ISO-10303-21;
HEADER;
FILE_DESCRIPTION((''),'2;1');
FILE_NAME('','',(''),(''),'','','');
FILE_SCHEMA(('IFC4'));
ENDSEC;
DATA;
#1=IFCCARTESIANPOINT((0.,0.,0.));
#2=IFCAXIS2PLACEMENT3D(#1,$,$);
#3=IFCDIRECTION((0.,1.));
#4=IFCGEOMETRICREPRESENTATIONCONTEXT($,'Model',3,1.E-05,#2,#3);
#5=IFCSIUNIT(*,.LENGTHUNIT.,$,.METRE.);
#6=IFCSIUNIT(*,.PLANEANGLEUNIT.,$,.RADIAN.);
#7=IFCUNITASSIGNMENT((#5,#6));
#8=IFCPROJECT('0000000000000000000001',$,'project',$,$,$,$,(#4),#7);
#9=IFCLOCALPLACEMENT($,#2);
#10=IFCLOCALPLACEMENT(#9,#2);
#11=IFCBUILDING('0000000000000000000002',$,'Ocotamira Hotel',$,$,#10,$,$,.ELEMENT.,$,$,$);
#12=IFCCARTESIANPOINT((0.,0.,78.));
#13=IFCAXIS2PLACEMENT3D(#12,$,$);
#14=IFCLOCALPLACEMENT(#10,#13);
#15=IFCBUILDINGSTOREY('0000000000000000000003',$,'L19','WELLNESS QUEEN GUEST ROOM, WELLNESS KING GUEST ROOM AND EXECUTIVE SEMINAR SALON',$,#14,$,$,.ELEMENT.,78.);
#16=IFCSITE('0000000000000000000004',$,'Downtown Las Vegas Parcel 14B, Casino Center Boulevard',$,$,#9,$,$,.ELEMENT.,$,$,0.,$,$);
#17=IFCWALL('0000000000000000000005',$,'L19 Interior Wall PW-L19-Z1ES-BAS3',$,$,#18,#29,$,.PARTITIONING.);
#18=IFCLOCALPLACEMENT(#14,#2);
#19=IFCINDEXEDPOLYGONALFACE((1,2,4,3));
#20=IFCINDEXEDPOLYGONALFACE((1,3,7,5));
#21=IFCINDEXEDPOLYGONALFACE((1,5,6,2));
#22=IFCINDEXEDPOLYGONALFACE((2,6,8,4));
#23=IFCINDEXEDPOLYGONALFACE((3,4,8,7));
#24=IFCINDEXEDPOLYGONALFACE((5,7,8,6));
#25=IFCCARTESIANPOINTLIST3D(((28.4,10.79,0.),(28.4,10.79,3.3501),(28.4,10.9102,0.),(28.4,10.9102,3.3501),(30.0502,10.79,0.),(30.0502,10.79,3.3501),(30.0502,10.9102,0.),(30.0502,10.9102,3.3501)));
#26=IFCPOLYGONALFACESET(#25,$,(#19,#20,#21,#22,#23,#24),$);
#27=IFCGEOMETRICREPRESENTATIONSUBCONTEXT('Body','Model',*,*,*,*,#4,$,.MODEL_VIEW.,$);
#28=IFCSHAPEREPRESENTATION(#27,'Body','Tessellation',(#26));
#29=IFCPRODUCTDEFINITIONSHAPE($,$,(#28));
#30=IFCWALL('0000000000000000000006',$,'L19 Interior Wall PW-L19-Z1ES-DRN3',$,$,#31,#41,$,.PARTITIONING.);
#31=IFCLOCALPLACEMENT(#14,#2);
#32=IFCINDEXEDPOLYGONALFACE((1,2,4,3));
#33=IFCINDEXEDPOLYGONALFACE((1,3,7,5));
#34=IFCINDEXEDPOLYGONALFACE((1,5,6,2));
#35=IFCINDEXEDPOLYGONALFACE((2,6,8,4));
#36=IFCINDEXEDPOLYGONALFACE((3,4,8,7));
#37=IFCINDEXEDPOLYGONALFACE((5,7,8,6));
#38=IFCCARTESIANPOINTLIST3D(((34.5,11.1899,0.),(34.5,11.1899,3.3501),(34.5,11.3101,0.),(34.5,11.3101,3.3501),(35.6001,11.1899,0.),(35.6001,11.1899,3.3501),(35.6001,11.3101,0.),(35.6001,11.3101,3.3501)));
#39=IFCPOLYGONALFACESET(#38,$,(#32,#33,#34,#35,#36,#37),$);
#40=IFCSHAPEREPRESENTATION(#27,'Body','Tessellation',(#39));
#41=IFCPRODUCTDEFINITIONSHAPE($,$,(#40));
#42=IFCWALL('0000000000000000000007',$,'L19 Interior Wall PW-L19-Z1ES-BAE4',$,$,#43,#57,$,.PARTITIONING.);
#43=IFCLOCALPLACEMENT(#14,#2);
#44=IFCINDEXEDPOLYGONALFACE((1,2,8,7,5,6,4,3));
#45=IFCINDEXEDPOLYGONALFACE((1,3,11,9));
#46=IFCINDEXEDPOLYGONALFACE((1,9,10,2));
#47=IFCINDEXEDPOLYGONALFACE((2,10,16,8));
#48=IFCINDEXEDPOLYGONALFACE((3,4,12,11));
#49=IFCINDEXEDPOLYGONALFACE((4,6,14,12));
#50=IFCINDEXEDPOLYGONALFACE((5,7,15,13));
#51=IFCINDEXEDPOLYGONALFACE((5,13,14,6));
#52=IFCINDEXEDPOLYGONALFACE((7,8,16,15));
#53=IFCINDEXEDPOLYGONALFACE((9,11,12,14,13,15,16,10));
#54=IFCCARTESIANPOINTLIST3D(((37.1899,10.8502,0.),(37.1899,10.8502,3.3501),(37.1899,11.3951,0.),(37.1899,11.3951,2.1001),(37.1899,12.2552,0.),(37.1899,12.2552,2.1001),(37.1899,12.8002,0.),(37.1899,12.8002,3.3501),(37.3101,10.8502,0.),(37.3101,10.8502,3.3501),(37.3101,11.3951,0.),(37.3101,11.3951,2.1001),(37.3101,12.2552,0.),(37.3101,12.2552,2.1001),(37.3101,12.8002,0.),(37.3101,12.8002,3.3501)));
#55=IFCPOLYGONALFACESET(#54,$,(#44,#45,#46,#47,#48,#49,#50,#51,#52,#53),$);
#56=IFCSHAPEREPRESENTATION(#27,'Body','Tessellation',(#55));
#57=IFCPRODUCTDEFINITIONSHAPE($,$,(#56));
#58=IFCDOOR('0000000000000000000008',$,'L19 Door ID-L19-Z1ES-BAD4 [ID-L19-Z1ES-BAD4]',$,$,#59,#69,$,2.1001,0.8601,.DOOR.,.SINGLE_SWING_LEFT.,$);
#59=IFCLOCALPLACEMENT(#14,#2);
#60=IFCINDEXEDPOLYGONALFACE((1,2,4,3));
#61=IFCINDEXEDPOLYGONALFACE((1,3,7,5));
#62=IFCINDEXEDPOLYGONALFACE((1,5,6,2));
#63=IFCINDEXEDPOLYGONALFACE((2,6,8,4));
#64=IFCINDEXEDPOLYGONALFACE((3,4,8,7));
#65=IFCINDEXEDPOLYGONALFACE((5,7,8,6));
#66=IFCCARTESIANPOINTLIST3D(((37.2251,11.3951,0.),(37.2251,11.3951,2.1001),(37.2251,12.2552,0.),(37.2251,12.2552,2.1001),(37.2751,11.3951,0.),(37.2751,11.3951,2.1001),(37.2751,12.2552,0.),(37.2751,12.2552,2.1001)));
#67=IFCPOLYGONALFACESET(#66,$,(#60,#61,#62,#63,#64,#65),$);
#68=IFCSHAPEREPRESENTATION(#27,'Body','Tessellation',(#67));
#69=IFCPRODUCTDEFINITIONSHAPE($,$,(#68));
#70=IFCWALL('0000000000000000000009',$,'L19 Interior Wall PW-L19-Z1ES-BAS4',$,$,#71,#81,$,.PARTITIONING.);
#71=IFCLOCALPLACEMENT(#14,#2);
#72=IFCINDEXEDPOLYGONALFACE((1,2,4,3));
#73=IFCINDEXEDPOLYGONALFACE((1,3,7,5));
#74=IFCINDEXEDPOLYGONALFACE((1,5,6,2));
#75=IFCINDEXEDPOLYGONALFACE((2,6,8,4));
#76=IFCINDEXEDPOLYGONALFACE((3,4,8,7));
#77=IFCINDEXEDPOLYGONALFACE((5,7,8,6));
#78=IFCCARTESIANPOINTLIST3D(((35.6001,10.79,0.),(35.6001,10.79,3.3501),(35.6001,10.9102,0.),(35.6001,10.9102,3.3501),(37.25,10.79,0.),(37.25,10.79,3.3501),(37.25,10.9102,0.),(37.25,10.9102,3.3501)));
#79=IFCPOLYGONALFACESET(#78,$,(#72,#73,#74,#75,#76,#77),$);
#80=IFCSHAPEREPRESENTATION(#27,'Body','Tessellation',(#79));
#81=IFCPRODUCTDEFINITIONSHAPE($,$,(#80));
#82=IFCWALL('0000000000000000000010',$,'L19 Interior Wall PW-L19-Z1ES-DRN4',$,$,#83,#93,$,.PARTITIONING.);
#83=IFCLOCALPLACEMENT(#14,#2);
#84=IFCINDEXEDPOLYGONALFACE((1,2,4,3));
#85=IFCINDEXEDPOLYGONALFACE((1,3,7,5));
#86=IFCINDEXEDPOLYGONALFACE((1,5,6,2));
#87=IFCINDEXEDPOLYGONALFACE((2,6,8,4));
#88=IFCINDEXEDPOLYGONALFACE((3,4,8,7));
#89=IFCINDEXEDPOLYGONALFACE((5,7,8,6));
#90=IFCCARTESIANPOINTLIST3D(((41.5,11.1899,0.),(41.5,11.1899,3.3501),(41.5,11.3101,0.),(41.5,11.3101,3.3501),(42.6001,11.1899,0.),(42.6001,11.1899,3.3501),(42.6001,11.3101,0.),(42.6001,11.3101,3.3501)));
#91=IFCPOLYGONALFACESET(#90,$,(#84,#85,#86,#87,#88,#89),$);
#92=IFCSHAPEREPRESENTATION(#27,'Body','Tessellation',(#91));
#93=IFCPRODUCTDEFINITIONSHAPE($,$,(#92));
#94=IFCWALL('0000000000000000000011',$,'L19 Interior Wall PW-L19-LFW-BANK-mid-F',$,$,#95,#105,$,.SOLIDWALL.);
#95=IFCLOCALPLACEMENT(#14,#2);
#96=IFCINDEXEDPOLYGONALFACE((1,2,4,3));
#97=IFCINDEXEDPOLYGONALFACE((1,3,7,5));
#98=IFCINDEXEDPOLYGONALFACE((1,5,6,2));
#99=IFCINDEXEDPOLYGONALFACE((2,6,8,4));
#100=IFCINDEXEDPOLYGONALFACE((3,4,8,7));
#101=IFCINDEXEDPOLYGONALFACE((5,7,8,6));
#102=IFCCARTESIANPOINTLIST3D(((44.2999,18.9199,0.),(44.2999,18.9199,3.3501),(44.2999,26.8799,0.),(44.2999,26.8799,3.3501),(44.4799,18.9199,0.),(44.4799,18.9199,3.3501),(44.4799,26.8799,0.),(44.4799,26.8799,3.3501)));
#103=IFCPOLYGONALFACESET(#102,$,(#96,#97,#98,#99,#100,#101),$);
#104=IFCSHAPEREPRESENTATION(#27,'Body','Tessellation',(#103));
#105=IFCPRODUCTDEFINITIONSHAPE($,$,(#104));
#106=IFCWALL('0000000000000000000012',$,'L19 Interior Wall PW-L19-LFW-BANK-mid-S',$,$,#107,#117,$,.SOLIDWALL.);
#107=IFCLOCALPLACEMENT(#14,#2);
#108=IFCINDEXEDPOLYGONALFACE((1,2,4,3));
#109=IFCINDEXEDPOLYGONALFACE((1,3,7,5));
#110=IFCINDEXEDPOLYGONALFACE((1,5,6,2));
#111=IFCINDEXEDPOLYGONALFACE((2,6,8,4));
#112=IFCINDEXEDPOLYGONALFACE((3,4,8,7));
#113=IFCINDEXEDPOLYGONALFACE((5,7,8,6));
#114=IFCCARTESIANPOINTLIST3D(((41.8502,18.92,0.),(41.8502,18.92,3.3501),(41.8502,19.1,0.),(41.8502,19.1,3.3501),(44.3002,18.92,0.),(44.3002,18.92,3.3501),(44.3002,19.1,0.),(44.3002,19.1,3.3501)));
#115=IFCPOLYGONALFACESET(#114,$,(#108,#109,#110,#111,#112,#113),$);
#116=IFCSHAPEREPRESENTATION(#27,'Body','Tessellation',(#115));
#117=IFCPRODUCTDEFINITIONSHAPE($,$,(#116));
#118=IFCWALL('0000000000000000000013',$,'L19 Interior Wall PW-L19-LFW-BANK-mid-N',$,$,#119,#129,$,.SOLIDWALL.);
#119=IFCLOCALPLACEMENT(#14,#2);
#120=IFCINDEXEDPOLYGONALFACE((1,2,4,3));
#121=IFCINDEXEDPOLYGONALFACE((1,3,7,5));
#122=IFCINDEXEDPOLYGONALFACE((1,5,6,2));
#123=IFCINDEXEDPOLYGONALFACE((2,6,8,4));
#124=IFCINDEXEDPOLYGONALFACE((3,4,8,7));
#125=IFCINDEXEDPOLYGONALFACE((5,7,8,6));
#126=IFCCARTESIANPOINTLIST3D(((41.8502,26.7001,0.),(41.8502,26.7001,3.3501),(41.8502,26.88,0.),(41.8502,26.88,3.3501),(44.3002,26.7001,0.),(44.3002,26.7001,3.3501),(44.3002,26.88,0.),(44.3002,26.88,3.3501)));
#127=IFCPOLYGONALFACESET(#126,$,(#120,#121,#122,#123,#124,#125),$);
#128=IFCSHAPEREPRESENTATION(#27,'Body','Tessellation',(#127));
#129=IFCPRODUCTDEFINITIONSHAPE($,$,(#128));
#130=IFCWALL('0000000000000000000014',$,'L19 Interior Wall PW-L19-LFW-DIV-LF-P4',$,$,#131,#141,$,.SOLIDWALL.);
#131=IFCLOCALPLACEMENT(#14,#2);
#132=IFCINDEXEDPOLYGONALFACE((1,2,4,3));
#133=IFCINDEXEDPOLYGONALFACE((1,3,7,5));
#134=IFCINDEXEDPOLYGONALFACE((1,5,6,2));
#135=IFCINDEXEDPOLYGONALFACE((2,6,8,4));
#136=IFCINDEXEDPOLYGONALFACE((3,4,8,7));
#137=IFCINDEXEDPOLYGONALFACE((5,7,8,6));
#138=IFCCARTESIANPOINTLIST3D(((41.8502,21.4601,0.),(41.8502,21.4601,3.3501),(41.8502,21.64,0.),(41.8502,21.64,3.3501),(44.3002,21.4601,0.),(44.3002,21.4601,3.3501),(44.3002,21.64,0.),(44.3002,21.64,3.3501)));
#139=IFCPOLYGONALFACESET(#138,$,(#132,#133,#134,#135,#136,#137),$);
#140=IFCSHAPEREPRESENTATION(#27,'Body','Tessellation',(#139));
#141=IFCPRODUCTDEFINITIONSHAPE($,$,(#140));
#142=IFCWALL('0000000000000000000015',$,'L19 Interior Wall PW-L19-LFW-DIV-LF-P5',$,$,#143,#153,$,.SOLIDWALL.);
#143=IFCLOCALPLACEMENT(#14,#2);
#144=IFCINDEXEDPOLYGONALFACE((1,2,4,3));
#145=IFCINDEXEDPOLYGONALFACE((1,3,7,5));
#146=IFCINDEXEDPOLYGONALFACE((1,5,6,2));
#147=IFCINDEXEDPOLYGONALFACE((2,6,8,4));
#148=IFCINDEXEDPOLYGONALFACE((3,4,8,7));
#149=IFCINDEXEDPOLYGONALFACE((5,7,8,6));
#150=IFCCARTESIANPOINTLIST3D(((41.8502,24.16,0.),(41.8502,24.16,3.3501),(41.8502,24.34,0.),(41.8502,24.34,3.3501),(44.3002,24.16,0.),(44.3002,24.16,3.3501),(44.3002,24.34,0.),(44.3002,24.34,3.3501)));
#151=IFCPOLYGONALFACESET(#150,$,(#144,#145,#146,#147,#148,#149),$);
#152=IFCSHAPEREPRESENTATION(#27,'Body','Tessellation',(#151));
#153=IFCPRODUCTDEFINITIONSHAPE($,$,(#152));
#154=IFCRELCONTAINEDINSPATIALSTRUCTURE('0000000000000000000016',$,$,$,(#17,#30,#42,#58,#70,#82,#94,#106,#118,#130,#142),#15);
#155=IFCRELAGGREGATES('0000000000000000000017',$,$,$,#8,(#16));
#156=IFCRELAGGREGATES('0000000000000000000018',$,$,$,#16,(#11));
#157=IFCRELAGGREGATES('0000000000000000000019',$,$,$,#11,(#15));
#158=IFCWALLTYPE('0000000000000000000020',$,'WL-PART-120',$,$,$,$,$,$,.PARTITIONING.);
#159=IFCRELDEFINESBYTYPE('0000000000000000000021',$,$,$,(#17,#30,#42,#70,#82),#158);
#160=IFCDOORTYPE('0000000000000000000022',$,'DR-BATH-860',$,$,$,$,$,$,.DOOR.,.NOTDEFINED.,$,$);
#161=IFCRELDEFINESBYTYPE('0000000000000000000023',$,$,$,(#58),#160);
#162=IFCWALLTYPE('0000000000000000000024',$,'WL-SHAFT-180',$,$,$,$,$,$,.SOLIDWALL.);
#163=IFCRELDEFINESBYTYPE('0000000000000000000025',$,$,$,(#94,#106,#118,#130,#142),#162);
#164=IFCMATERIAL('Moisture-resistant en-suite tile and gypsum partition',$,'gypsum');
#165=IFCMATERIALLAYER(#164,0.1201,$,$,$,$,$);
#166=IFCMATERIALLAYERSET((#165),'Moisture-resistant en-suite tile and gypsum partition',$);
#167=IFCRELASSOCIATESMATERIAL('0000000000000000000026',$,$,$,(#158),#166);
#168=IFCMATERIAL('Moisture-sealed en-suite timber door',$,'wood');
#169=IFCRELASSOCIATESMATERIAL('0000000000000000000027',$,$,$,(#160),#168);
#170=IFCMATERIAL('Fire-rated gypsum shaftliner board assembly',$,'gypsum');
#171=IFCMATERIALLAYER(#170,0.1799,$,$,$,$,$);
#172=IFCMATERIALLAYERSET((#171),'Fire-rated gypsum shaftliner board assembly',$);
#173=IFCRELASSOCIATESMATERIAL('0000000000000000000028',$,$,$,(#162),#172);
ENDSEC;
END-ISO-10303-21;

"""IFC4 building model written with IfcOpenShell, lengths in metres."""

from ifc_helpers import new_model, si_unit, direction, frame, frame_2d, origin, place, context, subcontext, project, spatial, rectangle, extrude, source, transform, mapped, material, layer, layer_set, type_object, element, fill, save


model = new_model("IFC4")

# Units and contexts
model_context = context("Model", 3, precision=1e-05, world=origin(), true_north=direction((0.0, 1.0)))
body_context = subcontext(model_context, "Body", "Model", "MODEL_VIEW")
ifc_project = project(units=[si_unit("LENGTHUNIT", "METRE"), si_unit("PLANEANGLEUNIT", "RADIAN")], contexts=[model_context])

# Site, building, storey
site_placement = place(None, origin())
site = spatial("IfcSite", under=ifc_project, at=site_placement, Name="Downtown Las Vegas Parcel 14B, Casino Center Boulevard", CompositionType="ELEMENT", RefElevation=0.0)
building_placement = place(site_placement, origin())
building = spatial("IfcBuilding", under=site, at=building_placement, Name="Ocotamira Hotel", CompositionType="ELEMENT")
storey_placement = place(building_placement, frame((0.0, 0.0, 78.0)))
storey = spatial("IfcBuildingStorey", under=building, at=storey_placement, Name="L19", Description="WELLNESS QUEEN GUEST ROOM, WELLNESS KING GUEST ROOM AND EXECUTIVE SEMINAR SALON", CompositionType="ELEMENT", Elevation=78.0)

# Shared definitions
ifc_material_1 = material(Name="Moisture-resistant en-suite tile and gypsum partition", Category="gypsum")
ifc_layer_1 = layer(ifc_material_1, 0.1201)
ifc_layer_set_1 = layer_set([ifc_layer_1], Name="Moisture-resistant en-suite tile and gypsum partition")
wall_type_1 = type_object("IfcWallType", Name="WL-PART-120", PredefinedType="PARTITIONING", material=ifc_layer_set_1)

# Shared definitions
ifc_material_2 = material(Name="Moisture-sealed en-suite timber door", Category="wood")
door_type_1 = type_object("IfcDoorType", Name="DR-BATH-860", OperationType="NOTDEFINED", PredefinedType="DOOR", material=ifc_material_2)
shared_shape_1 = source(origin(), body_context, "Body", "SweptSolid", [
    extrude(rectangle(XDim=0.8601, YDim=2.1001, at=frame_2d((0.4302, 1.05))), frame((0.0, 0.0249, 0.0), z_axis=(0.0, -1.0, 0.0), x_axis=(1.0, 0.0, 0.0)), (0.0, 0.0, 1.0), 0.05),
])

# Walls
wall_1_placement = place(storey_placement, frame((28.3999, 10.8501, 0.0), z_axis=(0.0, 0.0, 1.0), x_axis=(1.0, 0.0, 0.0)))
element("IfcWall", 1, at=wall_1_placement, inside=storey, type_object=wall_type_1, Name="L19 Interior Wall PW-L19-Z1ES-BAS3", PredefinedType="PARTITIONING", context=body_context, shape_type="SweptSolid", body=[
    extrude(rectangle(XDim=1.6501, YDim=0.1201, at=frame_2d((0.8252, 0.0))), origin(), (0.0, 0.0, 1.0), 3.3501),
])
wall_2_placement = place(storey_placement, frame((34.5, 11.25, 0.0), z_axis=(0.0, 0.0, 1.0), x_axis=(1.0, 0.0, 0.0)))
element("IfcWall", 2, at=wall_2_placement, inside=storey, type_object=wall_type_1, Name="L19 Interior Wall PW-L19-Z1ES-DRN3", PredefinedType="PARTITIONING", context=body_context, shape_type="SweptSolid", body=[
    extrude(rectangle(XDim=1.1001, YDim=0.1201, at=frame_2d((0.55, 0.0))), origin(), (0.0, 0.0, 1.0), 3.3501),
])

# Wall, opening, door
wall_3_placement = place(storey_placement, frame((37.25, 10.8501, 0.0), z_axis=(0.0, 0.0, 1.0), x_axis=(0.0, 1.0, 0.0)))
wall_3 = element("IfcWall", 3, at=wall_3_placement, inside=storey, type_object=wall_type_1, Name="L19 Interior Wall PW-L19-Z1ES-BAE4", PredefinedType="PARTITIONING", context=body_context, shape_type="SweptSolid", body=[
    extrude(rectangle(XDim=1.95, YDim=0.1201, at=frame_2d((0.9751, 0.0))), origin(), (0.0, 0.0, 1.0), 3.3501),
])
opening_1_placement = place(wall_3_placement, frame((0.5449, 0.0, 0.0)))
opening_1 = element("IfcOpeningElement", 4, at=opening_1_placement, cuts=wall_3, PredefinedType="OPENING", context=body_context, shape_type="SweptSolid", body=[
    extrude(rectangle(XDim=0.8601, YDim=2.1001, at=frame_2d((0.4302, 1.05))), frame((0.0, 0.0701, 0.0), z_axis=(0.0, -1.0, 0.0), x_axis=(1.0, 0.0, 0.0)), (0.0, 0.0, 1.0), 0.1401),
])
door_1_placement = place(opening_1_placement, origin())
door_1 = element("IfcDoor", 5, at=door_1_placement, inside=storey, type_object=door_type_1, Name="L19 Door ID-L19-Z1ES-BAD4 [ID-L19-Z1ES-BAD4]", OperationType="SINGLE_SWING_LEFT", OverallHeight=2.1001, OverallWidth=0.8601, PredefinedType="DOOR", context=body_context, shape_type="MappedRepresentation", body=[
    mapped(shared_shape_1, transform((0.0, 0.0, 0.0), scale=1.0)),
])
fill(opening_1, door_1)

# Walls
wall_4_placement = place(storey_placement, frame((35.6001, 10.8501, 0.0), z_axis=(0.0, 0.0, 1.0), x_axis=(1.0, 0.0, 0.0)))
element("IfcWall", 6, at=wall_4_placement, inside=storey, type_object=wall_type_1, Name="L19 Interior Wall PW-L19-Z1ES-BAS4", PredefinedType="PARTITIONING", context=body_context, shape_type="SweptSolid", body=[
    extrude(rectangle(XDim=1.6499, YDim=0.1201, at=frame_2d((0.825, 0.0))), origin(), (0.0, 0.0, 1.0), 3.3501),
])
wall_5_placement = place(storey_placement, frame((41.5, 11.25, 0.0), z_axis=(0.0, 0.0, 1.0), x_axis=(1.0, 0.0, 0.0)))
element("IfcWall", 7, at=wall_5_placement, inside=storey, type_object=wall_type_1, Name="L19 Interior Wall PW-L19-Z1ES-DRN4", PredefinedType="PARTITIONING", context=body_context, shape_type="SweptSolid", body=[
    extrude(rectangle(XDim=1.1001, YDim=0.1201, at=frame_2d((0.55, 0.0))), origin(), (0.0, 0.0, 1.0), 3.3501),
])
ifc_material_3 = material(Name="Fire-rated gypsum shaftliner board assembly", Category="gypsum")
ifc_layer_2 = layer(ifc_material_3, 0.1799)
ifc_layer_set_2 = layer_set([ifc_layer_2], Name="Fire-rated gypsum shaftliner board assembly")
wall_type_2 = type_object("IfcWallType", Name="WL-SHAFT-180", PredefinedType="SOLIDWALL", material=ifc_layer_set_2)
wall_6_placement = place(storey_placement, frame((44.3899, 18.9199, 0.0), z_axis=(0.0, 0.0, 1.0), x_axis=(0.0, 1.0, 0.0)))
element("IfcWall", 8, at=wall_6_placement, inside=storey, type_object=wall_type_2, Name="L19 Interior Wall PW-L19-LFW-BANK-mid-F", PredefinedType="SOLIDWALL", context=body_context, shape_type="SweptSolid", body=[
    extrude(rectangle(XDim=7.96, YDim=0.1799, at=frame_2d((3.98, 0.0))), origin(), (0.0, 0.0, 1.0), 3.3501),
])
for number, where, z_axis, x_axis, name in (
    (9, (41.8501, 19.01, 0.0), (0.0, 0.0, 1.0), (1.0, 0.0, 0.0), "L19 Interior Wall PW-L19-LFW-BANK-mid-S"),
    (10, (41.8501, 26.79, 0.0), (0.0, 0.0, 1.0), (1.0, 0.0, 0.0), "L19 Interior Wall PW-L19-LFW-BANK-mid-N"),
    (11, (41.8501, 21.55, 0.0), (0.0, 0.0, 1.0), (1.0, 0.0, 0.0), "L19 Interior Wall PW-L19-LFW-DIV-LF-P4"),
    (12, (41.8501, 24.25, 0.0), (0.0, 0.0, 1.0), (1.0, 0.0, 0.0), "L19 Interior Wall PW-L19-LFW-DIV-LF-P5"),
):
    element("IfcWall", number, at=place(storey_placement, frame(where, z_axis=z_axis, x_axis=x_axis)), inside=storey, type_object=wall_type_2, Name=name, PredefinedType="SOLIDWALL", context=body_context, shape_type="SweptSolid", body=[
        extrude(rectangle(XDim=2.45, YDim=0.1799, at=frame_2d((1.2251, 0.0))), origin(), (0.0, 0.0, 1.0), 3.3501),
    ])

save(model, "model.ifc")
